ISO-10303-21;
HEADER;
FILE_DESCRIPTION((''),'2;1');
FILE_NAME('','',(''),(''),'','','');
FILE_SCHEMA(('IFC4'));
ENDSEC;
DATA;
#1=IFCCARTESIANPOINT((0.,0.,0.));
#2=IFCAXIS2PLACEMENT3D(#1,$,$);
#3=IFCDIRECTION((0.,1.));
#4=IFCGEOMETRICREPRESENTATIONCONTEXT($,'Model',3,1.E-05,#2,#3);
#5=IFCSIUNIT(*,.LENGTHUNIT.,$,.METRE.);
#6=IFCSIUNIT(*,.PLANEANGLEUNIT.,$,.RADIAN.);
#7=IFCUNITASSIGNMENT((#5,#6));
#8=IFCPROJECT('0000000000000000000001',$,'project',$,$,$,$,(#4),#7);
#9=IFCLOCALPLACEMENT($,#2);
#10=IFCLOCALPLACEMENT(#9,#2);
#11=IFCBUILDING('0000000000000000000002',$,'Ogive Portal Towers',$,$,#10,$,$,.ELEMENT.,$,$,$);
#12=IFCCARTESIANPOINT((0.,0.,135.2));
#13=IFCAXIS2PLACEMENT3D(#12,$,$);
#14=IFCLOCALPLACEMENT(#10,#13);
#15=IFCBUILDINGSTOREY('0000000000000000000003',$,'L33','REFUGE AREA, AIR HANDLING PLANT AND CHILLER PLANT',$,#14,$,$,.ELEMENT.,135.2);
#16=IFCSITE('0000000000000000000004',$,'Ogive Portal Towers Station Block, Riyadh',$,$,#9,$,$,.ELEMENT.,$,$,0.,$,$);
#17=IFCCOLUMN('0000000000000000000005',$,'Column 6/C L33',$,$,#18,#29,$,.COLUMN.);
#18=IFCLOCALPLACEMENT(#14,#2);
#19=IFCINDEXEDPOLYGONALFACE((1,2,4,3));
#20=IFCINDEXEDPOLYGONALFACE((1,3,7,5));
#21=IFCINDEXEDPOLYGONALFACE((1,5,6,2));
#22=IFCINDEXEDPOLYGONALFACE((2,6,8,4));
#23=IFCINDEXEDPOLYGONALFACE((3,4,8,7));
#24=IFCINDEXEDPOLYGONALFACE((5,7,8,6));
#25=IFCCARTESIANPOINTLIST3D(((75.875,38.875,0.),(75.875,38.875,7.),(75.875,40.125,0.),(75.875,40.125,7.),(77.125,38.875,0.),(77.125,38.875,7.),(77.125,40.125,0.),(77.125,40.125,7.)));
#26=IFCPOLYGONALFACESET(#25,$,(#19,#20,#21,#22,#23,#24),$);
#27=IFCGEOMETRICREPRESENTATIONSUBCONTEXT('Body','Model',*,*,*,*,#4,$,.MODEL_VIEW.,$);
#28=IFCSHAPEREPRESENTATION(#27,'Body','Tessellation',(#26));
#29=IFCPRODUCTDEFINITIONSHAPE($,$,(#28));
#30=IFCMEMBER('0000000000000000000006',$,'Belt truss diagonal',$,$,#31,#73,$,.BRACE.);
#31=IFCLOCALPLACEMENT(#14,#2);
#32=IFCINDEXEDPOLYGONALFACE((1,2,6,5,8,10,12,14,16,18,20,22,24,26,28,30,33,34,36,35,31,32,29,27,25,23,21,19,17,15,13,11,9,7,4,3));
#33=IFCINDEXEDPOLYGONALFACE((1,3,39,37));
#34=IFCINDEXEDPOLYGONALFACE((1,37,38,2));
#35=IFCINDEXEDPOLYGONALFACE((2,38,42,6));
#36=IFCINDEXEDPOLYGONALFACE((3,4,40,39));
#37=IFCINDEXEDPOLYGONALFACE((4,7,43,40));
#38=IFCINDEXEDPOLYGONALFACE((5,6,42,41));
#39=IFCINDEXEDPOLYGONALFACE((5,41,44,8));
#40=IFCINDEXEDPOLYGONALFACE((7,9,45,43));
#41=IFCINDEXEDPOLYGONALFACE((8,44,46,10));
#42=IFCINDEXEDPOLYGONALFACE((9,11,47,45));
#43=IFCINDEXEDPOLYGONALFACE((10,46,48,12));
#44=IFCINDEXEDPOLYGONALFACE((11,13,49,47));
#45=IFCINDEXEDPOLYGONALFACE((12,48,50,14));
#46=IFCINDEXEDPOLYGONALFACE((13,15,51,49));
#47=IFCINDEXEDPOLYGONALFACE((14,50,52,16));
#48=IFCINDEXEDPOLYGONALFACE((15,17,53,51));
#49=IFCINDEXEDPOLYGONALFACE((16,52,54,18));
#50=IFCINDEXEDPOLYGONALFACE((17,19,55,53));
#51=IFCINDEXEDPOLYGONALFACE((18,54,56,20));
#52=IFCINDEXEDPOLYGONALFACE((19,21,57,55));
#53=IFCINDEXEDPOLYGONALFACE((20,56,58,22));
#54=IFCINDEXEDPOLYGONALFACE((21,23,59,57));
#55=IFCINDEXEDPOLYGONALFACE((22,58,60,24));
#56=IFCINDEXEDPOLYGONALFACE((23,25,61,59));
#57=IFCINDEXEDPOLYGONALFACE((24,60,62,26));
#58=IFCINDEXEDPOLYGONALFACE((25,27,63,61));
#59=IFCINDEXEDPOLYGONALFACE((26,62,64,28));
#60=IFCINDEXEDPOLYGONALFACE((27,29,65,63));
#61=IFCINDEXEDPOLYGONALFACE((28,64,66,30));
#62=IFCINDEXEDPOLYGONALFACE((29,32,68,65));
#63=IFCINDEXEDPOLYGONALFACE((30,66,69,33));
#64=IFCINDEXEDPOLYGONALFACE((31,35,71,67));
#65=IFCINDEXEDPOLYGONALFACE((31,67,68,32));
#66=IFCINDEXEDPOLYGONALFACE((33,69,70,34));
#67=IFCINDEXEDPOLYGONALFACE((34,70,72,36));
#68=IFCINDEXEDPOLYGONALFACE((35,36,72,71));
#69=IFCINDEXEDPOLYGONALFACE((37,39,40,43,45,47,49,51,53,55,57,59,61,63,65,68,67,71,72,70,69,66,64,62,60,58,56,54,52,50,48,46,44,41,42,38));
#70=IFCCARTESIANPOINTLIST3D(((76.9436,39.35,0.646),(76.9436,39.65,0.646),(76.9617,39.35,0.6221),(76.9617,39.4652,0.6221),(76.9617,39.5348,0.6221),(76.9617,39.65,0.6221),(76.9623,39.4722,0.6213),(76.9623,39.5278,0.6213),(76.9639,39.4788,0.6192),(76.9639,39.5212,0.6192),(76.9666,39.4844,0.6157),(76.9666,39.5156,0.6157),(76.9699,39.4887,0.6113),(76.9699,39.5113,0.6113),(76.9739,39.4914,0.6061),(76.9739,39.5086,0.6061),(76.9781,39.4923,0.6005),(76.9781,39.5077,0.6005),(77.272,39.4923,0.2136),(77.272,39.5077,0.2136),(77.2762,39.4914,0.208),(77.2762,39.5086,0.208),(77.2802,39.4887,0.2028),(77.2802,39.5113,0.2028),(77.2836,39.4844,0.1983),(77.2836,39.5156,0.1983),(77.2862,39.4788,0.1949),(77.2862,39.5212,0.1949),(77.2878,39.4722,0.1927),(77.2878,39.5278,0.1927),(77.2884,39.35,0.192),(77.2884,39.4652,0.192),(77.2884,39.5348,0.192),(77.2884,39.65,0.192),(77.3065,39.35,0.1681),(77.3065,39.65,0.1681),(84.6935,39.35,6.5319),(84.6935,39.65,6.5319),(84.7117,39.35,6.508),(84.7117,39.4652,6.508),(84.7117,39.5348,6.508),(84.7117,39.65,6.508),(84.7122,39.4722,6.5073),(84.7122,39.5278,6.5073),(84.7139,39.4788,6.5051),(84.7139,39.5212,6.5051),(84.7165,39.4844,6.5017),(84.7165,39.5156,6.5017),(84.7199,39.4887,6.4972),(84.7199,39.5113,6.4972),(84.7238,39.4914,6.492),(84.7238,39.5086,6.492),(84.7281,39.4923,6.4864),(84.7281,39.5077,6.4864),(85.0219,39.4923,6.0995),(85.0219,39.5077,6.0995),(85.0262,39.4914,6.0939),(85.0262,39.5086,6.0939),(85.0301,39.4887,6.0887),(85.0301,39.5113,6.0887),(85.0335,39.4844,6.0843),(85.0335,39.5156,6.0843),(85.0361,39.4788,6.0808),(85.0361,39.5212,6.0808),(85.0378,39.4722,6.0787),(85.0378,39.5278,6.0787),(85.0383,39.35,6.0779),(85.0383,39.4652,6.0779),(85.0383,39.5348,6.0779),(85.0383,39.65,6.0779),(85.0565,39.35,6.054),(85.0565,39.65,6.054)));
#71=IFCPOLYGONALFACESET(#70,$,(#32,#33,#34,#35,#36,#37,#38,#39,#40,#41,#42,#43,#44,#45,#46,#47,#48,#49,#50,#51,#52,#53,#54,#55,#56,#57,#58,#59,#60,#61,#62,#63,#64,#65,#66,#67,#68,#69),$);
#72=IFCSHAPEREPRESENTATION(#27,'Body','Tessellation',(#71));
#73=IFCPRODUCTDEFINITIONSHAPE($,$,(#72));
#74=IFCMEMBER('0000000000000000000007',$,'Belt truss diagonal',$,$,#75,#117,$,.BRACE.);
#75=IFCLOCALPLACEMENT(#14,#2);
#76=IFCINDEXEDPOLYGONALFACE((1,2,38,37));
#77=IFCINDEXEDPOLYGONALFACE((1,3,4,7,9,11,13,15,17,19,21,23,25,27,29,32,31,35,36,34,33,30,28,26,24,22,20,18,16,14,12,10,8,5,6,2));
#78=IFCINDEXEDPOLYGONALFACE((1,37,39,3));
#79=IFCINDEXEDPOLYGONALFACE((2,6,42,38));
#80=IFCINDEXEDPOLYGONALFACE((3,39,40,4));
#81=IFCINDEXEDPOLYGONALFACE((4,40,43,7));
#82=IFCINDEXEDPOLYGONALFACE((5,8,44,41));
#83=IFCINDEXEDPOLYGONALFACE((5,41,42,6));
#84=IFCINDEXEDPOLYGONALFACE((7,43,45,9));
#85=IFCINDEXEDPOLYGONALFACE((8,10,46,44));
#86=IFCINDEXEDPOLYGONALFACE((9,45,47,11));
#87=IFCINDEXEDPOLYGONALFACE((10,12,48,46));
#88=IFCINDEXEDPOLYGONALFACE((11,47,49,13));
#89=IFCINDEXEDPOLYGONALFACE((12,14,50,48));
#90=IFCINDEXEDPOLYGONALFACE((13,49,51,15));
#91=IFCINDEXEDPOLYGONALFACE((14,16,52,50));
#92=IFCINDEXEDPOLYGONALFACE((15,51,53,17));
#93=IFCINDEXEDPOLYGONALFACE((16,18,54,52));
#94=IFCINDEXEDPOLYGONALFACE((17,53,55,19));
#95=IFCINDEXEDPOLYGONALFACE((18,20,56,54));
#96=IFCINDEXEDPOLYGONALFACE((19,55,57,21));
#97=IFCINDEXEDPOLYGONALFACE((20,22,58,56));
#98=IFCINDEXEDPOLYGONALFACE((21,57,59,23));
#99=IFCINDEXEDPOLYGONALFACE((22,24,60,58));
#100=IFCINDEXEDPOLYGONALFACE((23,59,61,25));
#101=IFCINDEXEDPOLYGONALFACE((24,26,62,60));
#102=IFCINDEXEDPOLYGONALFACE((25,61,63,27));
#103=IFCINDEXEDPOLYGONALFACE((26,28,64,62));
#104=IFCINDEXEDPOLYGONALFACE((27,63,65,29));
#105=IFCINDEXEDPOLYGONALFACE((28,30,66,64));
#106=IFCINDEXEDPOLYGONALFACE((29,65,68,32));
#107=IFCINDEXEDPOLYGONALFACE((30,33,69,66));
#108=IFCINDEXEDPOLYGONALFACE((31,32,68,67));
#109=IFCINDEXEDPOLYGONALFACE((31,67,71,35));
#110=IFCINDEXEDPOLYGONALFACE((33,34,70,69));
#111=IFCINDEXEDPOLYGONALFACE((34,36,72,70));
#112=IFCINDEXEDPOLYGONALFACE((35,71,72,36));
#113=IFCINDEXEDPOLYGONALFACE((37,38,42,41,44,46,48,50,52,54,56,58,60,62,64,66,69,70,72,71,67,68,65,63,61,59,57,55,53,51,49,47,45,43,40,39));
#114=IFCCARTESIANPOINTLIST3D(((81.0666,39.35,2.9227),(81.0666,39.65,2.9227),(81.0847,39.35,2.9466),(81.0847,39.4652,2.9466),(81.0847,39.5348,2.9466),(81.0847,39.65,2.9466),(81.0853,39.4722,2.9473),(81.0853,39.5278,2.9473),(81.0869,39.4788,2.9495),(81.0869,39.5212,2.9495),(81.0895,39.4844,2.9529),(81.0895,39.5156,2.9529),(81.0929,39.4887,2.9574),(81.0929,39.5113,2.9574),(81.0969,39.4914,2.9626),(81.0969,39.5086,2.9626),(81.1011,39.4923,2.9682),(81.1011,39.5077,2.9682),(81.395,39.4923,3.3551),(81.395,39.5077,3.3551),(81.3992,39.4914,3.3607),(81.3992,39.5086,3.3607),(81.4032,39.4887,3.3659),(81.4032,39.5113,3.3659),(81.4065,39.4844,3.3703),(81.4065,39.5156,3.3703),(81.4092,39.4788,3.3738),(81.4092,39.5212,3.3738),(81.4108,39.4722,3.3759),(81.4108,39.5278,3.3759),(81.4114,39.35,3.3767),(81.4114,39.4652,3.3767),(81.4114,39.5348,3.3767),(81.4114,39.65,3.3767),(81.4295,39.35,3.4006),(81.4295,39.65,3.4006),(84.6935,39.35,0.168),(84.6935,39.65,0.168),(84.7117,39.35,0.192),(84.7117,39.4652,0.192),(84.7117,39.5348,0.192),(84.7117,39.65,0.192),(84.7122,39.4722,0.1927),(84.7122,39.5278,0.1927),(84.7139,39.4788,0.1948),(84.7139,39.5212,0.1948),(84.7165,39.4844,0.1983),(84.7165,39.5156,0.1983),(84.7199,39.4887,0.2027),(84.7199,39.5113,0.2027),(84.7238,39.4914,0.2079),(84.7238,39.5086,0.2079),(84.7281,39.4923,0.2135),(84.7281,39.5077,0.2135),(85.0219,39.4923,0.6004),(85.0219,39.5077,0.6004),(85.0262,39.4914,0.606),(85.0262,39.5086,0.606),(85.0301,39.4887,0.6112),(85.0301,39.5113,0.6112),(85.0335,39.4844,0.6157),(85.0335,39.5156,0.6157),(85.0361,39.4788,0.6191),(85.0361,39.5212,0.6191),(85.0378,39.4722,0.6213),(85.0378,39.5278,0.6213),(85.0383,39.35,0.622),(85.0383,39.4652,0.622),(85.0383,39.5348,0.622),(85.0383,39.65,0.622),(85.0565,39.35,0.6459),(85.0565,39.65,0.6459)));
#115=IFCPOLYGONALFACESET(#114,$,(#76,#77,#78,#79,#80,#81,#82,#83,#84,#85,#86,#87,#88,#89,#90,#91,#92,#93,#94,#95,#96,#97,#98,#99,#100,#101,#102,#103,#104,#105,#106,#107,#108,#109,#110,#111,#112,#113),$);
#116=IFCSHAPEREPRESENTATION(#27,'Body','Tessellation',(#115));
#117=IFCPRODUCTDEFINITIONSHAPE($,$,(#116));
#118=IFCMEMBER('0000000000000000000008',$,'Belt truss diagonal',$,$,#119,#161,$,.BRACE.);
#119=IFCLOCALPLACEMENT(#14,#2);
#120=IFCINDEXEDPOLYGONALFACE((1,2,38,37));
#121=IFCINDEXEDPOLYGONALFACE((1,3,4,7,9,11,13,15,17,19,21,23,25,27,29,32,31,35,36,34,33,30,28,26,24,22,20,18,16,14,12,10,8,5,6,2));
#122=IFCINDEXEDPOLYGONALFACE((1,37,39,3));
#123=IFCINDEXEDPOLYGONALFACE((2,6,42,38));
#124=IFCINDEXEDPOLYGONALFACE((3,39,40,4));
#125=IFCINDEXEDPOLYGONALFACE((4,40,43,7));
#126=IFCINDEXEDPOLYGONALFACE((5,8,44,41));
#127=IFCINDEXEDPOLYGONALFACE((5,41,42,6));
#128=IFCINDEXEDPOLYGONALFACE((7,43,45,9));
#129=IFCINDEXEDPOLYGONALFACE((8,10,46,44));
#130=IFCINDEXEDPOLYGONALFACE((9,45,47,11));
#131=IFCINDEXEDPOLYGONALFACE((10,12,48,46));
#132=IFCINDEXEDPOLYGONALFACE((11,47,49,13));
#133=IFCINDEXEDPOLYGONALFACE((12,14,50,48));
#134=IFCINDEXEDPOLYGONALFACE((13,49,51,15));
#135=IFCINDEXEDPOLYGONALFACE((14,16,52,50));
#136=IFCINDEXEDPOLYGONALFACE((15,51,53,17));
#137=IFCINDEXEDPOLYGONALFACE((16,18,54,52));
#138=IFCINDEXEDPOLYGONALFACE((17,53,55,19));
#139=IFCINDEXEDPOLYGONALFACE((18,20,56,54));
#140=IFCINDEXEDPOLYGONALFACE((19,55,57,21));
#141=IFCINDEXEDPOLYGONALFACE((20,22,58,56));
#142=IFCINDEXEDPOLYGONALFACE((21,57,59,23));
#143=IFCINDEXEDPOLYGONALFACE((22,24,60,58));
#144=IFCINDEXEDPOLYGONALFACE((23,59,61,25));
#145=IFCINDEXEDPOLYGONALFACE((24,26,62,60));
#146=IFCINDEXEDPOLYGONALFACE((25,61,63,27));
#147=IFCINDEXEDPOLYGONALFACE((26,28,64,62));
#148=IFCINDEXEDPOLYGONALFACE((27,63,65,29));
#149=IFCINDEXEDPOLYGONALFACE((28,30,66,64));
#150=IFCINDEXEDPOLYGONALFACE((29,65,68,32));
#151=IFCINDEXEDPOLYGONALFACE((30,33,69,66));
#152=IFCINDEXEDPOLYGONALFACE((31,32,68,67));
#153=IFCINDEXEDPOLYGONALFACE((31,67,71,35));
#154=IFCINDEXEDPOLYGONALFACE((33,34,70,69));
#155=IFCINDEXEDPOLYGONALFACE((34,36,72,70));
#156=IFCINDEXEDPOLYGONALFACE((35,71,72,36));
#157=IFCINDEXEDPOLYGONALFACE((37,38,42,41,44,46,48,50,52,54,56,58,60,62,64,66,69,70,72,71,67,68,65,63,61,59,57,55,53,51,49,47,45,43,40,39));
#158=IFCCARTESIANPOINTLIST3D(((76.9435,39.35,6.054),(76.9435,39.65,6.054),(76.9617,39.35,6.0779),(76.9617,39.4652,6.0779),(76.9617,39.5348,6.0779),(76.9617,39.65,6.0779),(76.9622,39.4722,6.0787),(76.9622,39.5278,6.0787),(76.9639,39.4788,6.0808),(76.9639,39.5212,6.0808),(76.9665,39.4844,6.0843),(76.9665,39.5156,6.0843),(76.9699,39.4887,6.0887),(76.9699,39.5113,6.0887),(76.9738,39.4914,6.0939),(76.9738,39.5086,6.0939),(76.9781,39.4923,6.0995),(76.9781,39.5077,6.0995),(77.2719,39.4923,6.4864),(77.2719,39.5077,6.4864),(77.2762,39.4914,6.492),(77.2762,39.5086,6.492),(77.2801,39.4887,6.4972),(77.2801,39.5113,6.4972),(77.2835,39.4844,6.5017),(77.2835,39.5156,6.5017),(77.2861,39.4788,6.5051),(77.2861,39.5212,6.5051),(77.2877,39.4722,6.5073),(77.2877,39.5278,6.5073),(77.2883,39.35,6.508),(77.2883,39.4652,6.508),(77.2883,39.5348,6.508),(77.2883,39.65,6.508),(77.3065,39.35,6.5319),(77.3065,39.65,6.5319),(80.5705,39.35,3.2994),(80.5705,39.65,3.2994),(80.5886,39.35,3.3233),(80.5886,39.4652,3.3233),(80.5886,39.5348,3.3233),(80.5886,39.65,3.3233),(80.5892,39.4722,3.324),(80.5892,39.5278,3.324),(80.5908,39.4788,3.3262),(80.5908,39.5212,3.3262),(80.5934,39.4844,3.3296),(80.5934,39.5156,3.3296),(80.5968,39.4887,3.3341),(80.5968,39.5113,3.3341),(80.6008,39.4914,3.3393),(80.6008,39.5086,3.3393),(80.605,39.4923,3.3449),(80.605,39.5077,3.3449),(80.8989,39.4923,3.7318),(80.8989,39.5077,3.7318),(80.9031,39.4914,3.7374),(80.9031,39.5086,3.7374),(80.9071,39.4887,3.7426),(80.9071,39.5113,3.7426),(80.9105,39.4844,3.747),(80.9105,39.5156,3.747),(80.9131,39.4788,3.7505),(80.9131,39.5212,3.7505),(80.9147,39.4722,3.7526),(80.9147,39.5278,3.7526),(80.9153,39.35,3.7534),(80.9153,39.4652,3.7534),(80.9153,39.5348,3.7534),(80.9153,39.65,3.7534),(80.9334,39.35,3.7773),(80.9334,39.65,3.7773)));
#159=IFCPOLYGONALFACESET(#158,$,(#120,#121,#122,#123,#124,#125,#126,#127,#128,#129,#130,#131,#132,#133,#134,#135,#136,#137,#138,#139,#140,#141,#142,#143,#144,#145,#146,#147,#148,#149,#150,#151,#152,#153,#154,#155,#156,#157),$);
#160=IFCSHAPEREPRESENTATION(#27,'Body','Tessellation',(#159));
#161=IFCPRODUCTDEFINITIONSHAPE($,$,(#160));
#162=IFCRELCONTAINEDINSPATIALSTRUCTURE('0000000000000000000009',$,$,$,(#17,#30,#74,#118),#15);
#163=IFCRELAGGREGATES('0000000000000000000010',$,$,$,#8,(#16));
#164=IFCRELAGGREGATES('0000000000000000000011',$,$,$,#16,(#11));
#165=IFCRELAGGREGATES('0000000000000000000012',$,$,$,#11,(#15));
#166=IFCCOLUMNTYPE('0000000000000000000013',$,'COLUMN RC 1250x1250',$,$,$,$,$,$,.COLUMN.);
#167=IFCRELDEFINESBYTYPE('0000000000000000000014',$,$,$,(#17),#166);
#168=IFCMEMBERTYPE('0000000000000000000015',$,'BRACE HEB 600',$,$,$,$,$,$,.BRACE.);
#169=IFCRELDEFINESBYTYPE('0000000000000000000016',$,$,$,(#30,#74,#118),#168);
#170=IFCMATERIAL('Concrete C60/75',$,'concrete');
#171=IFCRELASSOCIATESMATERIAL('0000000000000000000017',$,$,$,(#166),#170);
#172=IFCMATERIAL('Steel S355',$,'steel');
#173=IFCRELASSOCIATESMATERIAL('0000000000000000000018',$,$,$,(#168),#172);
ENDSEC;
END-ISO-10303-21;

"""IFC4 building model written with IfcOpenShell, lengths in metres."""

from ifc_helpers import new_model, si_unit, direction, frame, origin, origin_2d, place, context, subcontext, project, spatial, rectangle, i_section, extrude, material, material_profile, profile_set, type_object, element, save


model = new_model("IFC4")

# Units and contexts
model_context = context("Model", 3, precision=1e-05, world=origin(), true_north=direction((0.0, 1.0)))
body_context = subcontext(model_context, "Body", "Model", "MODEL_VIEW")
ifc_project = project(units=[si_unit("LENGTHUNIT", "METRE"), si_unit("PLANEANGLEUNIT", "RADIAN")], contexts=[model_context])

# Site, building, storey
site_placement = place(None, origin())
site = spatial("IfcSite", under=ifc_project, at=site_placement, Name="Ogive Portal Towers Station Block, Riyadh", CompositionType="ELEMENT", RefElevation=0.0)
building_placement = place(site_placement, origin())
building = spatial("IfcBuilding", under=site, at=building_placement, Name="Ogive Portal Towers", CompositionType="ELEMENT")
storey_placement = place(building_placement, frame((0.0, 0.0, 135.2)))
storey = spatial("IfcBuildingStorey", under=building, at=storey_placement, Name="L33", Description="REFUGE AREA, AIR HANDLING PLANT AND CHILLER PLANT", CompositionType="ELEMENT", Elevation=135.2)

# Column
ifc_material_1 = material(Name="Concrete C60/75", Category="concrete")
ifc_material_profile_1 = material_profile(ifc_material_1, rectangle(XDim=1.25, YDim=1.25, at=origin_2d()), Name="RC 1250x1250")
ifc_profile_set_1 = profile_set([ifc_material_profile_1], Name="Concrete C60/75")
column_type = type_object("IfcColumnType", Name="COLUMN RC 1250x1250", PredefinedType="COLUMN", material=ifc_profile_set_1)
column_placement = place(storey_placement, frame((76.5, 39.5, 0.0), z_axis=(0.0, 0.0, 1.0), x_axis=(1.0, 0.0, 0.0)))
element("IfcColumn", 1, at=column_placement, inside=storey, type_object=column_type, Name="Column 6/C L33", PredefinedType="COLUMN", context=body_context, shape_type="SweptSolid", body=[
    extrude(rectangle(XDim=1.25, YDim=1.25, at=origin_2d()), origin(), (0.0, 0.0, 1.0), 7.0),
])

# Members
ifc_material_2 = material(Name="Steel S355", Category="steel")
ifc_material_profile_2 = material_profile(ifc_material_2, i_section(OverallWidth=0.3, OverallDepth=0.6001, WebThickness=0.0154, FlangeThickness=0.03, FilletRadius=0.0271, at=origin_2d()), Name="HEB 600")
ifc_profile_set_2 = profile_set([ifc_material_profile_2], Name="Steel S355")
member_type_1 = type_object("IfcMemberType", Name="BRACE HEB 600", PredefinedType="BRACE", material=ifc_profile_set_2)
member_1_placement = place(storey_placement, frame((84.875, 39.5, 6.293), z_axis=(-0.796361, 0.0, -0.604822), x_axis=(0.0, -1.0, 0.0)))
element("IfcMember", 2, at=member_1_placement, inside=storey, type_object=member_type_1, Name="Belt truss diagonal", PredefinedType="BRACE", context=body_context, shape_type="SweptSolid", body=[
    extrude(i_section(OverallWidth=0.3, OverallDepth=0.6001, WebThickness=0.0154, FlangeThickness=0.03, FilletRadius=0.0271, at=origin_2d()), origin(), (0.0, 0.0, 1.0), 9.7317),
])
for number, where, z_axis, x_axis, name in (
    (3, (84.875, 39.5, 0.407), (-0.796357, 0.0, 0.604826), (0.0, -1.0, 0.0), "Belt truss diagonal"),
    (4, (80.752, 39.5, 3.5383), (-0.796357, 0.0, 0.604826), (0.0, -1.0, 0.0), "Belt truss diagonal"),
):
    element("IfcMember", number, at=place(storey_placement, frame(where, z_axis=z_axis, x_axis=x_axis)), inside=storey, type_object=member_type_1, Name=name, PredefinedType="BRACE", context=body_context, shape_type="SweptSolid", body=[
        extrude(i_section(OverallWidth=0.3, OverallDepth=0.6001, WebThickness=0.0154, FlangeThickness=0.03, FilletRadius=0.0271, at=origin_2d()), origin(), (0.0, 0.0, 1.0), 4.5544),
    ])

save(model, "model.ifc")
